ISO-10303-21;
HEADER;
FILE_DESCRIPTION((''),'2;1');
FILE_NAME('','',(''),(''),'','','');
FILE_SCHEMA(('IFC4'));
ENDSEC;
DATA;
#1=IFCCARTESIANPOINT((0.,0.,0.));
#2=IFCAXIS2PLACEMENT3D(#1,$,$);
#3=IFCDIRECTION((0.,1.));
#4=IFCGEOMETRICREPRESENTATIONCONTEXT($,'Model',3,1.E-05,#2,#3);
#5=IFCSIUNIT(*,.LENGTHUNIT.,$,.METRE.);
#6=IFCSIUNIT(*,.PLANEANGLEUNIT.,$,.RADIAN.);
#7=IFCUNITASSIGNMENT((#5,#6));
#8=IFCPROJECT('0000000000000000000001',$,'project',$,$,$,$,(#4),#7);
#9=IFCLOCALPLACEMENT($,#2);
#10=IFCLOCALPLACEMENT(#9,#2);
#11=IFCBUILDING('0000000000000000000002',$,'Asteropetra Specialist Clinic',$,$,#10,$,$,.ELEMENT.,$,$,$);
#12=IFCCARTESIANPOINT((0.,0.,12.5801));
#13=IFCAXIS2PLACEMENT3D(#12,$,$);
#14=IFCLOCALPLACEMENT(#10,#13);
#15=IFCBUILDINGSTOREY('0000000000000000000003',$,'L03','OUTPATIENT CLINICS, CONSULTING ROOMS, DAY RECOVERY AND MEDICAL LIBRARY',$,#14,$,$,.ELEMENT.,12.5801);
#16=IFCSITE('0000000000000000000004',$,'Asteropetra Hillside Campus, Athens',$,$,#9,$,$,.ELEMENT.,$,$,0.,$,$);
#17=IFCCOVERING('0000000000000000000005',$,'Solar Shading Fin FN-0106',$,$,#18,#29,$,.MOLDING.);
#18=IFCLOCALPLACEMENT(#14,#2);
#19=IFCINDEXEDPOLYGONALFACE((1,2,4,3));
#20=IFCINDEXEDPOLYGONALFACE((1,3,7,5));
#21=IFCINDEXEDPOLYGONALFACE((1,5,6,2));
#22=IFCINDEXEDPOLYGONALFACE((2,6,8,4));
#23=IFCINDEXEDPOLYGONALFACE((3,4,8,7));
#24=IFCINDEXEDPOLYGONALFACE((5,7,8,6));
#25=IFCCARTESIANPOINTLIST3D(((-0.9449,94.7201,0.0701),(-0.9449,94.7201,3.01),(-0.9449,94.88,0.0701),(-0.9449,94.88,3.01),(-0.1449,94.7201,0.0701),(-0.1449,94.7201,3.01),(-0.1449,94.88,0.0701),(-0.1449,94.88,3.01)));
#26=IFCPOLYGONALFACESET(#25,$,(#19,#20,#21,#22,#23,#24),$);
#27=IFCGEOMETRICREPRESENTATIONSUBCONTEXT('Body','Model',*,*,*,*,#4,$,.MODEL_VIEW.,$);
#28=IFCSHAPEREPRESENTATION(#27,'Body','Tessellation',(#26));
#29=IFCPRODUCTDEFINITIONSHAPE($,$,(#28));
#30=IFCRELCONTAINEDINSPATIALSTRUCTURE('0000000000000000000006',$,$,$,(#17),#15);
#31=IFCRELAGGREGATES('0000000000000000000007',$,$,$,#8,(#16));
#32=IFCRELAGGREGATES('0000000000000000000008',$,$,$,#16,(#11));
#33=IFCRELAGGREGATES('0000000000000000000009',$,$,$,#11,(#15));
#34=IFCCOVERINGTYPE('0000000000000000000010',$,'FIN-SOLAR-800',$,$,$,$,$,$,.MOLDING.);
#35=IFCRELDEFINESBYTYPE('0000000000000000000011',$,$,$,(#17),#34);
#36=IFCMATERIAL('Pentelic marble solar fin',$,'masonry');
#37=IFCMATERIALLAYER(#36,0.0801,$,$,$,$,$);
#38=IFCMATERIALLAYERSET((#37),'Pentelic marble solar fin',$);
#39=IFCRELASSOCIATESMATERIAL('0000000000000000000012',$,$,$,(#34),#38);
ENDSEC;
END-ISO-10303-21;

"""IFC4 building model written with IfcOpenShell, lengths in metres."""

from ifc_helpers import new_model, si_unit, direction, frame, origin, origin_2d, place, context, subcontext, project, spatial, rectangle, extrude, material, layer, layer_set, type_object, element, save


model = new_model("IFC4")

# Units and contexts
model_context = context("Model", 3, precision=1e-05, world=origin(), true_north=direction((0.0, 1.0)))
body_context = subcontext(model_context, "Body", "Model", "MODEL_VIEW")
ifc_project = project(units=[si_unit("LENGTHUNIT", "METRE"), si_unit("PLANEANGLEUNIT", "RADIAN")], contexts=[model_context])

# Site, building, storey
site_placement = place(None, origin())
site = spatial("IfcSite", under=ifc_project, at=site_placement, Name="Asteropetra Hillside Campus, Athens", CompositionType="ELEMENT", RefElevation=0.0)
building_placement = place(site_placement, origin())
building = spatial("IfcBuilding", under=site, at=building_placement, Name="Asteropetra Specialist Clinic", CompositionType="ELEMENT")
storey_placement = place(building_placement, frame((0.0, 0.0, 12.5801)))
storey = spatial("IfcBuildingStorey", under=building, at=storey_placement, Name="L03", Description="OUTPATIENT CLINICS, CONSULTING ROOMS, DAY RECOVERY AND MEDICAL LIBRARY", CompositionType="ELEMENT", Elevation=12.5801)

# Covering
ifc_material_1 = material(Name="Pentelic marble solar fin", Category="masonry")
ifc_layer_1 = layer(ifc_material_1, 0.0801)
ifc_layer_set_1 = layer_set([ifc_layer_1], Name="Pentelic marble solar fin")
covering_type_1 = type_object("IfcCoveringType", Name="FIN-SOLAR-800", PredefinedType="MOLDING", material=ifc_layer_set_1)
covering_1_placement = place(storey_placement, frame((-0.5449, 94.8, 0.0701), z_axis=(0.0, 0.0, 1.0), x_axis=(1.0, 0.0, 0.0)))
element("IfcCovering", 1, at=covering_1_placement, inside=storey, type_object=covering_type_1, Name="Solar Shading Fin FN-0106", PredefinedType="MOLDING", context=body_context, shape_type="SweptSolid", body=[
    extrude(rectangle(XDim=0.8, YDim=0.1599, at=origin_2d()), origin(), (0.0, 0.0, 1.0), 2.9399),
])

save(model, "model.ifc")
